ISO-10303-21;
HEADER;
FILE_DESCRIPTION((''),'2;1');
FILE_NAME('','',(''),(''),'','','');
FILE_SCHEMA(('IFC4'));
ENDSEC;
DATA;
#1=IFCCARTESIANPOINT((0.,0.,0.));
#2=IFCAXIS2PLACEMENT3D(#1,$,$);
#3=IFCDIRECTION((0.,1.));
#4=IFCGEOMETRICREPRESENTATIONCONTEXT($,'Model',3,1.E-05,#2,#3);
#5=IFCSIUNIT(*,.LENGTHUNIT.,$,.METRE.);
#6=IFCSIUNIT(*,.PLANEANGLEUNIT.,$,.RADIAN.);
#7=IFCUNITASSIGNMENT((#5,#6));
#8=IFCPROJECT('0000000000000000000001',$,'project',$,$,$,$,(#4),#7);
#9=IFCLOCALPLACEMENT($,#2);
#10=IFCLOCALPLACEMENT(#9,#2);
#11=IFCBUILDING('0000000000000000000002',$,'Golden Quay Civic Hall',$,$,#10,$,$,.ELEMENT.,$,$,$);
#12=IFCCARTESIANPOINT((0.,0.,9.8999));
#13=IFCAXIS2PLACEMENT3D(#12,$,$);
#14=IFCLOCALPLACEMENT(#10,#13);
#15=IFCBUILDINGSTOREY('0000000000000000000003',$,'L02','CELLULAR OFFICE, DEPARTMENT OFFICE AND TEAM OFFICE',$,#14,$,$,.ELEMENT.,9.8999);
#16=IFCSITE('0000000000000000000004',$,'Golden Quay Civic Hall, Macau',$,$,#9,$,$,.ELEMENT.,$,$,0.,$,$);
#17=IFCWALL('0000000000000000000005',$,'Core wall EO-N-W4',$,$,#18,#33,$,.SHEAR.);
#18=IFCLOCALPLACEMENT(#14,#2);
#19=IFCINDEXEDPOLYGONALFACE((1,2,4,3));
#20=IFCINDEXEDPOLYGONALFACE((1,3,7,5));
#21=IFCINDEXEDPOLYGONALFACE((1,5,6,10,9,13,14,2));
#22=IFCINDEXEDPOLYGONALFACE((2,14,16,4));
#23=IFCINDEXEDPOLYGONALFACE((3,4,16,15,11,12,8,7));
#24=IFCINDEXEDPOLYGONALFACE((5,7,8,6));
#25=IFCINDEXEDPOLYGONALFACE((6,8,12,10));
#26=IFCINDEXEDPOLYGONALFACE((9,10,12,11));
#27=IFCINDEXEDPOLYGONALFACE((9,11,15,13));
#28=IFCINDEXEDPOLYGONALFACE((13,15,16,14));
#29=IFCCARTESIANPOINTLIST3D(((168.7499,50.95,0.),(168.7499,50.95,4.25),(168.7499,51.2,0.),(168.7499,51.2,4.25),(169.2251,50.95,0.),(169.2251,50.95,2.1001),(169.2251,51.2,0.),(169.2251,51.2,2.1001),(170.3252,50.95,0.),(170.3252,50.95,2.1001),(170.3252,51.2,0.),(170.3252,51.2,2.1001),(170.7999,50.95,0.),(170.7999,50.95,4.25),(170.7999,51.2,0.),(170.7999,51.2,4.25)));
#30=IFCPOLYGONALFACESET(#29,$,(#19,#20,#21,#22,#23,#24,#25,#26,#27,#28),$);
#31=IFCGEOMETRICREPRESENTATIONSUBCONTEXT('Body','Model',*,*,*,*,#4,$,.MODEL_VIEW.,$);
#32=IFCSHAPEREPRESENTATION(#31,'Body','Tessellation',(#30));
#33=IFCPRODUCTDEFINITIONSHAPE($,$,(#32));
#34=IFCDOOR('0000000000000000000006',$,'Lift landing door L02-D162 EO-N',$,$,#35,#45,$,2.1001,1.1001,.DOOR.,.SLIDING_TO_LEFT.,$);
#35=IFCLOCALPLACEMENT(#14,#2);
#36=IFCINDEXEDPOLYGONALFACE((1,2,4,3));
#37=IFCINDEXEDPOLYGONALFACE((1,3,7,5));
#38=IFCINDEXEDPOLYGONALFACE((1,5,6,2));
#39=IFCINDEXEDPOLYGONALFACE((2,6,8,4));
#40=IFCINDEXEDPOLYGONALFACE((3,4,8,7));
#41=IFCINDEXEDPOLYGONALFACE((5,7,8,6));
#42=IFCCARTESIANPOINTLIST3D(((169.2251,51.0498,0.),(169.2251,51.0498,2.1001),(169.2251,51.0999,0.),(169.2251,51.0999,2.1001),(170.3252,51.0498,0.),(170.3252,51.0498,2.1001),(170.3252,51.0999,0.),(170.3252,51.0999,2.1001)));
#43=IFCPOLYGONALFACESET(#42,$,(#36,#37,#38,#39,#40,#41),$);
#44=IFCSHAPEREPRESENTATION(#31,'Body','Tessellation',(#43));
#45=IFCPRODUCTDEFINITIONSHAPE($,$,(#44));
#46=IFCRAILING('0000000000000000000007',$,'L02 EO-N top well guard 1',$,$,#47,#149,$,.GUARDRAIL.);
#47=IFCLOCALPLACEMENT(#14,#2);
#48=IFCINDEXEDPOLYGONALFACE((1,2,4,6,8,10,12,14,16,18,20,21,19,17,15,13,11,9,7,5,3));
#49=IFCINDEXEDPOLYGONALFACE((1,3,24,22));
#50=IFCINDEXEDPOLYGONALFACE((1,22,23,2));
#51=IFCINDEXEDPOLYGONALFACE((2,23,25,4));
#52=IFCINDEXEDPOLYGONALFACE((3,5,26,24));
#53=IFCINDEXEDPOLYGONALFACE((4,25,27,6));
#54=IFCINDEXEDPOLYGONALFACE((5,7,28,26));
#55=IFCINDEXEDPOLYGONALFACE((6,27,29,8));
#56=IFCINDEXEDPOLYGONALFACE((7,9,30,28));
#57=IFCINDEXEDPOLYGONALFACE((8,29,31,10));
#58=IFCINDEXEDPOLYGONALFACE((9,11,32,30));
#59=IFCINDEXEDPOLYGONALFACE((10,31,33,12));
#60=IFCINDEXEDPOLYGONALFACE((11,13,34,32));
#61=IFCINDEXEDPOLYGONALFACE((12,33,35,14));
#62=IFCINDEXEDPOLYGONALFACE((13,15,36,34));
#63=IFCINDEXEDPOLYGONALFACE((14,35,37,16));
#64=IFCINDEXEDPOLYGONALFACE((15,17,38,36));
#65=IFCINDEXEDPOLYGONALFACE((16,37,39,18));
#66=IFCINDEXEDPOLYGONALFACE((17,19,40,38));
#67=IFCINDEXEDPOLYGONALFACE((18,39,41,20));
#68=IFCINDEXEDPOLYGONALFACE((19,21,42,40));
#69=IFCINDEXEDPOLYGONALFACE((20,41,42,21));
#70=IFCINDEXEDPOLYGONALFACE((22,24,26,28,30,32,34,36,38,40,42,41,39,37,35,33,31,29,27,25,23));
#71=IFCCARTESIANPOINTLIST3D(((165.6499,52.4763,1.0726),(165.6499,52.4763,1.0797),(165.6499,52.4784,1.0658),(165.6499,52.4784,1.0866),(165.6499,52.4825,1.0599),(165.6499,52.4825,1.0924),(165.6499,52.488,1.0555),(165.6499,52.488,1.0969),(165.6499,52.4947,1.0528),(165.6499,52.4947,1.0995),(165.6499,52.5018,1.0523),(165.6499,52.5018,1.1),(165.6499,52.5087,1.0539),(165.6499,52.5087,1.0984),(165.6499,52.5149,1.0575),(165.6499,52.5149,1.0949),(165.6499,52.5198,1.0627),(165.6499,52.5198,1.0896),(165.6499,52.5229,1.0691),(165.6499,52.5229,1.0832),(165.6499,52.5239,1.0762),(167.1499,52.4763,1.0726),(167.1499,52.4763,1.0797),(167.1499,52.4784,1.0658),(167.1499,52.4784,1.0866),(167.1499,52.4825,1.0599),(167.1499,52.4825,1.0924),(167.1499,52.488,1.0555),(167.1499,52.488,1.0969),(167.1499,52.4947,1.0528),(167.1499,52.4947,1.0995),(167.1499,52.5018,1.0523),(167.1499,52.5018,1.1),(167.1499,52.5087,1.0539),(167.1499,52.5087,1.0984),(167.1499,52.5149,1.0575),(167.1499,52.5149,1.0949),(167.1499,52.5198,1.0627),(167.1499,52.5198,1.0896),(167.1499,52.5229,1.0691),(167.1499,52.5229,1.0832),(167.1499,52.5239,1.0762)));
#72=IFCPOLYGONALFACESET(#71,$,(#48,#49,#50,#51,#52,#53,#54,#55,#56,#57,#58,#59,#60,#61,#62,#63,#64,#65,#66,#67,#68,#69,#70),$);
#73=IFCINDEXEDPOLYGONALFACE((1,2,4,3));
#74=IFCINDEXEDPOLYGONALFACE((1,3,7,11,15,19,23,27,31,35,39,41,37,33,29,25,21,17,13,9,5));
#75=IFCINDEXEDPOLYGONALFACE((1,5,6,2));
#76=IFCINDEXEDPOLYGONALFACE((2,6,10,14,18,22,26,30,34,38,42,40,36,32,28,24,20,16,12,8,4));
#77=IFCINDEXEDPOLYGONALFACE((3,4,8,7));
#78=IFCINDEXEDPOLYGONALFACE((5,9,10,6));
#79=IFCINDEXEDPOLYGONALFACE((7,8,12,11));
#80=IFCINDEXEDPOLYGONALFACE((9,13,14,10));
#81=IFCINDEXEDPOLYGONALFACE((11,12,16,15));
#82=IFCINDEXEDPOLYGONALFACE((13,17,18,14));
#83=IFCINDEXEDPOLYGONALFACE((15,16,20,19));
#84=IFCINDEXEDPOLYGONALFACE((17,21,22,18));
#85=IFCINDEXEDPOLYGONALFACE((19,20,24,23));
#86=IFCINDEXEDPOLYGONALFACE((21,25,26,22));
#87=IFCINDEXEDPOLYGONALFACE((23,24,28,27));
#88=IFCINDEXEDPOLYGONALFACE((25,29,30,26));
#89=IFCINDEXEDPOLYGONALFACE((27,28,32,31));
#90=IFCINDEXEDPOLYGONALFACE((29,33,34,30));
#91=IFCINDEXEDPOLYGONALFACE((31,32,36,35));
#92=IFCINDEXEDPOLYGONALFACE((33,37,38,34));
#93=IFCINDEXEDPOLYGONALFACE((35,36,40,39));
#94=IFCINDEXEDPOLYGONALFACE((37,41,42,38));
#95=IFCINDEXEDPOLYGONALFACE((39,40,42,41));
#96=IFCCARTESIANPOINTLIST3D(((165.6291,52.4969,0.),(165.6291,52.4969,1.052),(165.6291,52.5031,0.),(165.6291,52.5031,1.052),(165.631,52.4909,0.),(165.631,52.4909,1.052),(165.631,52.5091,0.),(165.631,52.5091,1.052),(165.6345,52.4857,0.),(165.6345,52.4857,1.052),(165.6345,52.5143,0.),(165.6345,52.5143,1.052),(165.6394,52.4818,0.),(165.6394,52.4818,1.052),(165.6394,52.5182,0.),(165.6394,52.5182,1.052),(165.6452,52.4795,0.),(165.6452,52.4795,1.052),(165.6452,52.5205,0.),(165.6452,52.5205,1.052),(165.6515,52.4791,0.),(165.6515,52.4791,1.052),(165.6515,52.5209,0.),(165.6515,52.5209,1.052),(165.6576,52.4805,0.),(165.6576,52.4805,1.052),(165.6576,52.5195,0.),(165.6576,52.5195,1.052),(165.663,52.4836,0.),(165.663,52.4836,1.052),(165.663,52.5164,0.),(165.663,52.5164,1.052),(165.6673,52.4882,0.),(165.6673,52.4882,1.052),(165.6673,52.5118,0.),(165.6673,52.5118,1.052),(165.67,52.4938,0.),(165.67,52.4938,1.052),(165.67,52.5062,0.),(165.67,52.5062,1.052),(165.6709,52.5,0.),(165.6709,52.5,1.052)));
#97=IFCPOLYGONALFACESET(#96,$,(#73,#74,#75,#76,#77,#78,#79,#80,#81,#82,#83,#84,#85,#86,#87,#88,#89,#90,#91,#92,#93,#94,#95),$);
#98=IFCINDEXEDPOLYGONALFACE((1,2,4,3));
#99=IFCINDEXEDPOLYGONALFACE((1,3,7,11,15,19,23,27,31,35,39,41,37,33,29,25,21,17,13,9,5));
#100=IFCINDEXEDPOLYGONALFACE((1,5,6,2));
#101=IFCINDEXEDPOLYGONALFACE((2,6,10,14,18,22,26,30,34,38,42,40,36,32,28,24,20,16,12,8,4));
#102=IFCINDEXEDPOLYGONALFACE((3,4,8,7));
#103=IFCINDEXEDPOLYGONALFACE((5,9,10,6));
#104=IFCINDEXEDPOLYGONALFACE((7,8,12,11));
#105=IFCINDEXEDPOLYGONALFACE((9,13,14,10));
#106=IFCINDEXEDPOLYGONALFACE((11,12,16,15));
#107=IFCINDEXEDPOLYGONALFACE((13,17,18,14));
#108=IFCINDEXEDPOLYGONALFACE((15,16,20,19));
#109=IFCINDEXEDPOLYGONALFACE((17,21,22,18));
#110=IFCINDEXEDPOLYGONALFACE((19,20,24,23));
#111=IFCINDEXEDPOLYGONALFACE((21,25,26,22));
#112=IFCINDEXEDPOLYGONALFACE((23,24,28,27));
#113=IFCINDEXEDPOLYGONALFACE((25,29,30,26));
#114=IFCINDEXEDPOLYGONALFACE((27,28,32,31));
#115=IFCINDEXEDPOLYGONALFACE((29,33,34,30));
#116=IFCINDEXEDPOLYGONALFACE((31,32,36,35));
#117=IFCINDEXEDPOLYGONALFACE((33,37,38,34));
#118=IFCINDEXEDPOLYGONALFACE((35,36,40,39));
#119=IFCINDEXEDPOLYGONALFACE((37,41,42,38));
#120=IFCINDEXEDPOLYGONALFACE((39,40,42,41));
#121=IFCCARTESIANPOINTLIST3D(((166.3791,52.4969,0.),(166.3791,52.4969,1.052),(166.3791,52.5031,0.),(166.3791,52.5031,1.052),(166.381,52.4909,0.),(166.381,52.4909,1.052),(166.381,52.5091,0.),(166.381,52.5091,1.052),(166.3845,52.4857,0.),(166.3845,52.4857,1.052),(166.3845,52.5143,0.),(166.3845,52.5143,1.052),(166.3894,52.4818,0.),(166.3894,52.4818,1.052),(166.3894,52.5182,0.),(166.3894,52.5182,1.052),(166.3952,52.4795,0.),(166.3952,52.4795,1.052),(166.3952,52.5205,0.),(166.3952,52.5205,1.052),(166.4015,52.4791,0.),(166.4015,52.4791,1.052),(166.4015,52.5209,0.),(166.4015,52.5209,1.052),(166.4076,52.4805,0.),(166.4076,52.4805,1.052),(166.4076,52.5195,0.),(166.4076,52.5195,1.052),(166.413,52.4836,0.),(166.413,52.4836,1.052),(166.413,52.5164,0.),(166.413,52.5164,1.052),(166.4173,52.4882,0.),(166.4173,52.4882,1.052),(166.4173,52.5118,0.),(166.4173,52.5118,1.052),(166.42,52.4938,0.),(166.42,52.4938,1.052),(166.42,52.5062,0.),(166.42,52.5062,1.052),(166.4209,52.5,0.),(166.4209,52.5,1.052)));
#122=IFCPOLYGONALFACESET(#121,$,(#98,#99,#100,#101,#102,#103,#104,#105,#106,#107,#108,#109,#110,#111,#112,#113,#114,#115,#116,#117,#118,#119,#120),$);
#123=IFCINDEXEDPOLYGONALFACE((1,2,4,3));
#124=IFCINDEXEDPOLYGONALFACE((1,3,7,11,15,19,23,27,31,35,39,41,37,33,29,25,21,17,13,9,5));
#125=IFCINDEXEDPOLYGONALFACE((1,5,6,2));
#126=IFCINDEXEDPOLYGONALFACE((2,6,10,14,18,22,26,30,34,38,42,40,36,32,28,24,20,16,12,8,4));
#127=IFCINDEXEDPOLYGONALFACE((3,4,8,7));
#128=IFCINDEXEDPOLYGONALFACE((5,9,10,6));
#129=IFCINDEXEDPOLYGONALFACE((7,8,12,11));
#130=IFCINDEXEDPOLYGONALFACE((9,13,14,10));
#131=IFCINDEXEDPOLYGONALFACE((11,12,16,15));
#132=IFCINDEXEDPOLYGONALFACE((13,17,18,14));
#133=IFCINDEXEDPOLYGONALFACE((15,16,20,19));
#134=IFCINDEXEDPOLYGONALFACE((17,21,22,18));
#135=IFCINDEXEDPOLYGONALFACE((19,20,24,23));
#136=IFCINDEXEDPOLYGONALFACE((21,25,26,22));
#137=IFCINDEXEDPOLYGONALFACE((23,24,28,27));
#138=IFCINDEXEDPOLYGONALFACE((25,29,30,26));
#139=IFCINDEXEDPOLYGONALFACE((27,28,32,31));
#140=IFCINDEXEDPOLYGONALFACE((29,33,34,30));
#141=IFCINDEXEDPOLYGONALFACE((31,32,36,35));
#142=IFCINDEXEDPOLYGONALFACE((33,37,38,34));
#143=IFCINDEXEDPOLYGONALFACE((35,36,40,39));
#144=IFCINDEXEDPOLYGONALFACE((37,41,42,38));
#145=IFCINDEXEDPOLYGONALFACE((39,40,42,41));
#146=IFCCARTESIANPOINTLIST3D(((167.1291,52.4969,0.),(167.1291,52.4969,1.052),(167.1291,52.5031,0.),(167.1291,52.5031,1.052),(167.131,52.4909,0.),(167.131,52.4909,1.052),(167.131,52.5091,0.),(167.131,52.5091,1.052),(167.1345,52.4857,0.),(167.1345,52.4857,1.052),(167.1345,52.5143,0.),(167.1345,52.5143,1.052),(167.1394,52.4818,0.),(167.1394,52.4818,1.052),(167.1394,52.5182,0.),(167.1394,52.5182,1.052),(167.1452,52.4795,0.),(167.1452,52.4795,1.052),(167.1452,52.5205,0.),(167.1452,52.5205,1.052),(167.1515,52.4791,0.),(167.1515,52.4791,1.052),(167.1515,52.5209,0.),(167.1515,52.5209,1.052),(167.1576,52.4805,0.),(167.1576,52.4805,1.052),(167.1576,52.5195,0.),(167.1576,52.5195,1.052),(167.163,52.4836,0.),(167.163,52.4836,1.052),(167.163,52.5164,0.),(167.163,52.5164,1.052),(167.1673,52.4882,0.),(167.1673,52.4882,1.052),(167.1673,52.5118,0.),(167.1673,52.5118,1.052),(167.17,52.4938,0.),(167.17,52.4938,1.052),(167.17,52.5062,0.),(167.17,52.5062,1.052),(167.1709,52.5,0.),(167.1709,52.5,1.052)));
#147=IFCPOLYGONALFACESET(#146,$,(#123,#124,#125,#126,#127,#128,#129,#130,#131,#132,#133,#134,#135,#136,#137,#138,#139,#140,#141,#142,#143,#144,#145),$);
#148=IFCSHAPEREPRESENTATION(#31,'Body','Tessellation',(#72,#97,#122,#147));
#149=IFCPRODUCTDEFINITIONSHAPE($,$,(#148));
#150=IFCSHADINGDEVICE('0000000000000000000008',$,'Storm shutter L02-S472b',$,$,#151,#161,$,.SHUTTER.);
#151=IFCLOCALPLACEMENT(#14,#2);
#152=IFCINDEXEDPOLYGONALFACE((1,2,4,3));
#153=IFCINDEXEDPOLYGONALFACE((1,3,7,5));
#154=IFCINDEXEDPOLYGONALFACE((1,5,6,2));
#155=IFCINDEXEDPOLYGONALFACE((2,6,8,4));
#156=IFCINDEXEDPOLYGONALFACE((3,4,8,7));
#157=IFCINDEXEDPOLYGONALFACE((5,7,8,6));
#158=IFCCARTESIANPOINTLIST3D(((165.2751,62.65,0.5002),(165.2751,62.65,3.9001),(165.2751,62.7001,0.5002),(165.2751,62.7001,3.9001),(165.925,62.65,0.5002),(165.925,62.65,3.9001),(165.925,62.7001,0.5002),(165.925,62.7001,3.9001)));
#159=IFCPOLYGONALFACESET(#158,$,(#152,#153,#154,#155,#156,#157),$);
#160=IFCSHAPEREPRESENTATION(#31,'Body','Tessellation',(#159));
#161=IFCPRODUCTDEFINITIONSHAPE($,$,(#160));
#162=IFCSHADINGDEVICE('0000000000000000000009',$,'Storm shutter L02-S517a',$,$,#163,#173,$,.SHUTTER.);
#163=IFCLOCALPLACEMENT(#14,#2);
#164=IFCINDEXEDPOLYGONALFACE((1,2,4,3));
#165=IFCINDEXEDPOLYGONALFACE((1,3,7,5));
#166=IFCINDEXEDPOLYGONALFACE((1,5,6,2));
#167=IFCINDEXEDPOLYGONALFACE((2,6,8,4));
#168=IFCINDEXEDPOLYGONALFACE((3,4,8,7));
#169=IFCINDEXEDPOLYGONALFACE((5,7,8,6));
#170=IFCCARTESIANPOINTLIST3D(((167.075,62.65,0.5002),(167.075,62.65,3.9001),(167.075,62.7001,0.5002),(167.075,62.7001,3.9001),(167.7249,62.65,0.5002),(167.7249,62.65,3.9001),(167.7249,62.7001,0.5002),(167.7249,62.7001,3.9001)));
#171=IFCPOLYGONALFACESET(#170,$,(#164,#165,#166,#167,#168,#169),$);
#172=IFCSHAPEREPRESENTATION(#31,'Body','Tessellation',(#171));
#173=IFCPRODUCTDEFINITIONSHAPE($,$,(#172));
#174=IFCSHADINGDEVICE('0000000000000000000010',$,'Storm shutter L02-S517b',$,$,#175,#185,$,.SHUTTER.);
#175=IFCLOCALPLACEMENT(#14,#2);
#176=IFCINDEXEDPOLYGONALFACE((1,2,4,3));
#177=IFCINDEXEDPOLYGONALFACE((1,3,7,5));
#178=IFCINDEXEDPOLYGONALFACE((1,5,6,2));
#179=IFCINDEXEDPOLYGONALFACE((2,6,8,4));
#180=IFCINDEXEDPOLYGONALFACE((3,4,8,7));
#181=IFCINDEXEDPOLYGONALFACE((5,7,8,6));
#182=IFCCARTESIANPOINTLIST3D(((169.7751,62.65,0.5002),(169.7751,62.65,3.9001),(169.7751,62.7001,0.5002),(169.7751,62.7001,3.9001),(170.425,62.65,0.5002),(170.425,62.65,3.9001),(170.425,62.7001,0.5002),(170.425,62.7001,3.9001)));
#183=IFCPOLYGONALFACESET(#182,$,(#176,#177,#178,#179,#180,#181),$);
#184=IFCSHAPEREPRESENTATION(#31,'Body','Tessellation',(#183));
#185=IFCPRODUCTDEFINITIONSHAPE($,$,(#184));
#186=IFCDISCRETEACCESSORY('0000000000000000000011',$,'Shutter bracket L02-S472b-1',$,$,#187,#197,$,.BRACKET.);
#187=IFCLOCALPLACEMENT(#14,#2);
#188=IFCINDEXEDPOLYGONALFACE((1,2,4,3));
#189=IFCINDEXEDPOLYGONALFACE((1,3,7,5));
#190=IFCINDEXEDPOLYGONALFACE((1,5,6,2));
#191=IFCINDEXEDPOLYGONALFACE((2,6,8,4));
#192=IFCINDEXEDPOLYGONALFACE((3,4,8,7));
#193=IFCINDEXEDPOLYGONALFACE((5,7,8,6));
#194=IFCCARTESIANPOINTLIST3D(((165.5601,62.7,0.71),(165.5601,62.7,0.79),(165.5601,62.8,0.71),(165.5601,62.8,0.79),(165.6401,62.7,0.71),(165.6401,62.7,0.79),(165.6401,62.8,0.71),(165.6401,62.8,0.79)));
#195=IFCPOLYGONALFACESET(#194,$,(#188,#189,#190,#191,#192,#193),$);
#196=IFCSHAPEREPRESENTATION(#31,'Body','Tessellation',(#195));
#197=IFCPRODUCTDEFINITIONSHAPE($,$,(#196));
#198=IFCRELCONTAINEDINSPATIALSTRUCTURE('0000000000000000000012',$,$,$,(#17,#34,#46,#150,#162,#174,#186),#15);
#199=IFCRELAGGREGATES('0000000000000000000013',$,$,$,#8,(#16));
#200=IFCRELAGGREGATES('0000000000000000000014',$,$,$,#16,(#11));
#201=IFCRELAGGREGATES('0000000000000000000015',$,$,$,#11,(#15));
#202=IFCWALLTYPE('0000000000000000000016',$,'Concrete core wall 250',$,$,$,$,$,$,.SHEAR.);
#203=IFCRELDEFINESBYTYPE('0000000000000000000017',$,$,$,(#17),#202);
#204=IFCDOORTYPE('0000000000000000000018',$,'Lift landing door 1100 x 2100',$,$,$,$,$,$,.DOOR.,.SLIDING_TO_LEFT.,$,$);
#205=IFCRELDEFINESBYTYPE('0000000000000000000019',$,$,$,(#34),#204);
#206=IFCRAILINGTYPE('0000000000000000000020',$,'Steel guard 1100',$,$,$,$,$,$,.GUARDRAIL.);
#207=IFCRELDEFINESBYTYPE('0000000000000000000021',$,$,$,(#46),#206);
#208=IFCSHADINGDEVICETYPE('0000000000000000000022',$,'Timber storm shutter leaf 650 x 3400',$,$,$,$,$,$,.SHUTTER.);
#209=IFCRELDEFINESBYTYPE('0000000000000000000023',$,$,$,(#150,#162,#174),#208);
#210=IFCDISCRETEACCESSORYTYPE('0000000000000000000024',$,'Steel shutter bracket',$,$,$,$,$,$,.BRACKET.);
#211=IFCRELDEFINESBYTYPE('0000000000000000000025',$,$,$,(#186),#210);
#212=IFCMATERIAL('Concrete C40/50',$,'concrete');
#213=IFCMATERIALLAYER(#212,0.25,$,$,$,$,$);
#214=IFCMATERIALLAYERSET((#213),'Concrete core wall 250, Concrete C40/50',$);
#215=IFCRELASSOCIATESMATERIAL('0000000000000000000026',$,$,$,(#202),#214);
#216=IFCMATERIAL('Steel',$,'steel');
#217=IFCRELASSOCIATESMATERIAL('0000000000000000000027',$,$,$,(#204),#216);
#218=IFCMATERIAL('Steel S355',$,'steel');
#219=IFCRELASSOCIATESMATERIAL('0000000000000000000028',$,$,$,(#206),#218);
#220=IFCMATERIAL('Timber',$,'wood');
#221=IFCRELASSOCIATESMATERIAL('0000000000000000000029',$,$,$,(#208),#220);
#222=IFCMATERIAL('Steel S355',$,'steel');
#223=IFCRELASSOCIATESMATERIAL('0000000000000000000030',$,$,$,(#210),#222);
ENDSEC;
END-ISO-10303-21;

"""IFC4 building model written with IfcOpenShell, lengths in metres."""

from ifc_helpers import new_model, si_unit, direction, frame, frame_2d, origin, origin_2d, place, context, subcontext, project, spatial, rectangle, circle, extrude, material, layer, layer_set, type_object, element, fill, save


model = new_model("IFC4")

# Units and contexts
model_context = context("Model", 3, precision=1e-05, world=origin(), true_north=direction((0.0, 1.0)))
body_context = subcontext(model_context, "Body", "Model", "MODEL_VIEW")
ifc_project = project(units=[si_unit("LENGTHUNIT", "METRE"), si_unit("PLANEANGLEUNIT", "RADIAN")], contexts=[model_context])

# Site, building, storey
site_placement = place(None, origin())
site = spatial("IfcSite", under=ifc_project, at=site_placement, Name="Golden Quay Civic Hall, Macau", CompositionType="ELEMENT", RefElevation=0.0)
building_placement = place(site_placement, origin())
building = spatial("IfcBuilding", under=site, at=building_placement, Name="Golden Quay Civic Hall", CompositionType="ELEMENT")
storey_placement = place(building_placement, frame((0.0, 0.0, 9.8999)))
storey = spatial("IfcBuildingStorey", under=building, at=storey_placement, Name="L02", Description="CELLULAR OFFICE, DEPARTMENT OFFICE AND TEAM OFFICE", CompositionType="ELEMENT", Elevation=9.8999)

# Wall, opening, door
ifc_material_1 = material(Name="Concrete C40/50", Category="concrete")
ifc_layer_1 = layer(ifc_material_1, 0.25)
ifc_layer_set_1 = layer_set([ifc_layer_1], Name="Concrete core wall 250, Concrete C40/50")
wall_type_1 = type_object("IfcWallType", Name="Concrete core wall 250", PredefinedType="SHEAR", material=ifc_layer_set_1)
wall_1_placement = place(storey_placement, frame((168.75, 51.075, 0.0), z_axis=(0.0, 0.0, 1.0), x_axis=(1.0, 0.0, 0.0)))
wall_1 = element("IfcWall", 1, at=wall_1_placement, inside=storey, type_object=wall_type_1, Name="Core wall EO-N-W4", PredefinedType="SHEAR", context=body_context, shape_type="SweptSolid", body=[
    extrude(rectangle(XDim=2.05, YDim=0.25, at=frame_2d((1.0249, 0.0))), origin(), (0.0, 0.0, 1.0), 4.25),
])
opening_1_placement = place(wall_1_placement, frame((0.4751, 0.0, 0.0)))
opening_1 = element("IfcOpeningElement", 2, at=opening_1_placement, cuts=wall_1, PredefinedType="OPENING", context=body_context, shape_type="SweptSolid", body=[
    extrude(rectangle(XDim=1.1001, YDim=2.1001, at=frame_2d((0.55, 1.05))), frame((0.0, 0.135, 0.0), z_axis=(0.0, -1.0, 0.0), x_axis=(1.0, 0.0, 0.0)), (0.0, 0.0, 1.0), 0.27),
])
ifc_material_2 = material(Name="Steel", Category="steel")
door_type = type_object("IfcDoorType", Name="Lift landing door 1100 x 2100", OperationType="SLIDING_TO_LEFT", PredefinedType="DOOR", material=ifc_material_2)
door_placement = place(opening_1_placement, origin())
door = element("IfcDoor", 3, at=door_placement, inside=storey, type_object=door_type, Name="Lift landing door L02-D162 EO-N", OperationType="SLIDING_TO_LEFT", OverallHeight=2.1001, OverallWidth=1.1001, PredefinedType="DOOR", context=body_context, shape_type="SweptSolid", body=[
    extrude(rectangle(XDim=1.1001, YDim=2.1001, at=frame_2d((0.55, 1.05))), frame((0.0, 0.0249, 0.0), z_axis=(0.0, -1.0, 0.0), x_axis=(1.0, 0.0, 0.0)), (0.0, 0.0, 1.0), 0.05),
])
fill(opening_1, door)

# Railing
ifc_material_3 = material(Name="Steel S355", Category="steel")
railing_type = type_object("IfcRailingType", Name="Steel guard 1100", PredefinedType="GUARDRAIL", material=ifc_material_3)
railing_placement = place(storey_placement, frame((165.6499, 52.5, 0.0)))
element("IfcRailing", 4, at=railing_placement, inside=storey, type_object=railing_type, Name="L02 EO-N top well guard 1", PredefinedType="GUARDRAIL", context=body_context, shape_type="SweptSolid", body=[
    extrude(circle(Radius=0.0239, at=origin_2d()), frame((0.0, 0.0, 1.0762), z_axis=(1.0, 0.0, 0.0), x_axis=(0.0, 1.0, 0.0)), (0.0, 0.0, 1.0), 1.5),
    extrude(circle(Radius=0.021, at=origin_2d()), origin(), (0.0, 0.0, 1.0), 1.052),
    extrude(circle(Radius=0.021, at=origin_2d()), frame((0.75, 0.0, 0.0)), (0.0, 0.0, 1.0), 1.052),
    extrude(circle(Radius=0.021, at=origin_2d()), frame((1.5, 0.0, 0.0)), (0.0, 0.0, 1.0), 1.052),
])

# Shading devices
ifc_material_4 = material(Name="Timber", Category="wood")
shading_device_type = type_object("IfcShadingDeviceType", Name="Timber storm shutter leaf 650 x 3400", PredefinedType="SHUTTER", material=ifc_material_4)
for number, where, z_axis, x_axis, name in (
    (5, (165.6001, 62.675, 0.5002), (0.0, 0.0, 1.0), (1.0, 0.0, 0.0), "Storm shutter L02-S472b"),
    (6, (167.3999, 62.675, 0.5002), (0.0, 0.0, 1.0), (1.0, 0.0, 0.0), "Storm shutter L02-S517a"),
    (7, (170.1001, 62.675, 0.5002), (0.0, 0.0, 1.0), (1.0, 0.0, 0.0), "Storm shutter L02-S517b"),
):
    element("IfcShadingDevice", number, at=place(storey_placement, frame(where, z_axis=z_axis, x_axis=x_axis)), inside=storey, type_object=shading_device_type, Name=name, PredefinedType="SHUTTER", context=body_context, shape_type="SweptSolid", body=[
        extrude(rectangle(XDim=0.6499, YDim=0.05, at=origin_2d()), origin(), (0.0, 0.0, 1.0), 3.3999),
    ])

# Discrete accessory
ifc_material_5 = material(Name="Steel S355", Category="steel")
discrete_accessory_type = type_object("IfcDiscreteAccessoryType", Name="Steel shutter bracket", PredefinedType="BRACKET", material=ifc_material_5)
for number, where, z_axis, x_axis, name in (
    (8, (165.6001, 62.75, 0.71), (0.0, 0.0, 1.0), (1.0, 0.0, 0.0), "Shutter bracket L02-S472b-1"),
):
    element("IfcDiscreteAccessory", number, at=place(storey_placement, frame(where, z_axis=z_axis, x_axis=x_axis)), inside=storey, type_object=discrete_accessory_type, Name=name, PredefinedType="BRACKET", context=body_context, shape_type="SweptSolid", body=[
        extrude(rectangle(XDim=0.0801, YDim=0.1001, at=origin_2d()), origin(), (0.0, 0.0, 1.0), 0.0801),
    ])

save(model, "model.ifc")
